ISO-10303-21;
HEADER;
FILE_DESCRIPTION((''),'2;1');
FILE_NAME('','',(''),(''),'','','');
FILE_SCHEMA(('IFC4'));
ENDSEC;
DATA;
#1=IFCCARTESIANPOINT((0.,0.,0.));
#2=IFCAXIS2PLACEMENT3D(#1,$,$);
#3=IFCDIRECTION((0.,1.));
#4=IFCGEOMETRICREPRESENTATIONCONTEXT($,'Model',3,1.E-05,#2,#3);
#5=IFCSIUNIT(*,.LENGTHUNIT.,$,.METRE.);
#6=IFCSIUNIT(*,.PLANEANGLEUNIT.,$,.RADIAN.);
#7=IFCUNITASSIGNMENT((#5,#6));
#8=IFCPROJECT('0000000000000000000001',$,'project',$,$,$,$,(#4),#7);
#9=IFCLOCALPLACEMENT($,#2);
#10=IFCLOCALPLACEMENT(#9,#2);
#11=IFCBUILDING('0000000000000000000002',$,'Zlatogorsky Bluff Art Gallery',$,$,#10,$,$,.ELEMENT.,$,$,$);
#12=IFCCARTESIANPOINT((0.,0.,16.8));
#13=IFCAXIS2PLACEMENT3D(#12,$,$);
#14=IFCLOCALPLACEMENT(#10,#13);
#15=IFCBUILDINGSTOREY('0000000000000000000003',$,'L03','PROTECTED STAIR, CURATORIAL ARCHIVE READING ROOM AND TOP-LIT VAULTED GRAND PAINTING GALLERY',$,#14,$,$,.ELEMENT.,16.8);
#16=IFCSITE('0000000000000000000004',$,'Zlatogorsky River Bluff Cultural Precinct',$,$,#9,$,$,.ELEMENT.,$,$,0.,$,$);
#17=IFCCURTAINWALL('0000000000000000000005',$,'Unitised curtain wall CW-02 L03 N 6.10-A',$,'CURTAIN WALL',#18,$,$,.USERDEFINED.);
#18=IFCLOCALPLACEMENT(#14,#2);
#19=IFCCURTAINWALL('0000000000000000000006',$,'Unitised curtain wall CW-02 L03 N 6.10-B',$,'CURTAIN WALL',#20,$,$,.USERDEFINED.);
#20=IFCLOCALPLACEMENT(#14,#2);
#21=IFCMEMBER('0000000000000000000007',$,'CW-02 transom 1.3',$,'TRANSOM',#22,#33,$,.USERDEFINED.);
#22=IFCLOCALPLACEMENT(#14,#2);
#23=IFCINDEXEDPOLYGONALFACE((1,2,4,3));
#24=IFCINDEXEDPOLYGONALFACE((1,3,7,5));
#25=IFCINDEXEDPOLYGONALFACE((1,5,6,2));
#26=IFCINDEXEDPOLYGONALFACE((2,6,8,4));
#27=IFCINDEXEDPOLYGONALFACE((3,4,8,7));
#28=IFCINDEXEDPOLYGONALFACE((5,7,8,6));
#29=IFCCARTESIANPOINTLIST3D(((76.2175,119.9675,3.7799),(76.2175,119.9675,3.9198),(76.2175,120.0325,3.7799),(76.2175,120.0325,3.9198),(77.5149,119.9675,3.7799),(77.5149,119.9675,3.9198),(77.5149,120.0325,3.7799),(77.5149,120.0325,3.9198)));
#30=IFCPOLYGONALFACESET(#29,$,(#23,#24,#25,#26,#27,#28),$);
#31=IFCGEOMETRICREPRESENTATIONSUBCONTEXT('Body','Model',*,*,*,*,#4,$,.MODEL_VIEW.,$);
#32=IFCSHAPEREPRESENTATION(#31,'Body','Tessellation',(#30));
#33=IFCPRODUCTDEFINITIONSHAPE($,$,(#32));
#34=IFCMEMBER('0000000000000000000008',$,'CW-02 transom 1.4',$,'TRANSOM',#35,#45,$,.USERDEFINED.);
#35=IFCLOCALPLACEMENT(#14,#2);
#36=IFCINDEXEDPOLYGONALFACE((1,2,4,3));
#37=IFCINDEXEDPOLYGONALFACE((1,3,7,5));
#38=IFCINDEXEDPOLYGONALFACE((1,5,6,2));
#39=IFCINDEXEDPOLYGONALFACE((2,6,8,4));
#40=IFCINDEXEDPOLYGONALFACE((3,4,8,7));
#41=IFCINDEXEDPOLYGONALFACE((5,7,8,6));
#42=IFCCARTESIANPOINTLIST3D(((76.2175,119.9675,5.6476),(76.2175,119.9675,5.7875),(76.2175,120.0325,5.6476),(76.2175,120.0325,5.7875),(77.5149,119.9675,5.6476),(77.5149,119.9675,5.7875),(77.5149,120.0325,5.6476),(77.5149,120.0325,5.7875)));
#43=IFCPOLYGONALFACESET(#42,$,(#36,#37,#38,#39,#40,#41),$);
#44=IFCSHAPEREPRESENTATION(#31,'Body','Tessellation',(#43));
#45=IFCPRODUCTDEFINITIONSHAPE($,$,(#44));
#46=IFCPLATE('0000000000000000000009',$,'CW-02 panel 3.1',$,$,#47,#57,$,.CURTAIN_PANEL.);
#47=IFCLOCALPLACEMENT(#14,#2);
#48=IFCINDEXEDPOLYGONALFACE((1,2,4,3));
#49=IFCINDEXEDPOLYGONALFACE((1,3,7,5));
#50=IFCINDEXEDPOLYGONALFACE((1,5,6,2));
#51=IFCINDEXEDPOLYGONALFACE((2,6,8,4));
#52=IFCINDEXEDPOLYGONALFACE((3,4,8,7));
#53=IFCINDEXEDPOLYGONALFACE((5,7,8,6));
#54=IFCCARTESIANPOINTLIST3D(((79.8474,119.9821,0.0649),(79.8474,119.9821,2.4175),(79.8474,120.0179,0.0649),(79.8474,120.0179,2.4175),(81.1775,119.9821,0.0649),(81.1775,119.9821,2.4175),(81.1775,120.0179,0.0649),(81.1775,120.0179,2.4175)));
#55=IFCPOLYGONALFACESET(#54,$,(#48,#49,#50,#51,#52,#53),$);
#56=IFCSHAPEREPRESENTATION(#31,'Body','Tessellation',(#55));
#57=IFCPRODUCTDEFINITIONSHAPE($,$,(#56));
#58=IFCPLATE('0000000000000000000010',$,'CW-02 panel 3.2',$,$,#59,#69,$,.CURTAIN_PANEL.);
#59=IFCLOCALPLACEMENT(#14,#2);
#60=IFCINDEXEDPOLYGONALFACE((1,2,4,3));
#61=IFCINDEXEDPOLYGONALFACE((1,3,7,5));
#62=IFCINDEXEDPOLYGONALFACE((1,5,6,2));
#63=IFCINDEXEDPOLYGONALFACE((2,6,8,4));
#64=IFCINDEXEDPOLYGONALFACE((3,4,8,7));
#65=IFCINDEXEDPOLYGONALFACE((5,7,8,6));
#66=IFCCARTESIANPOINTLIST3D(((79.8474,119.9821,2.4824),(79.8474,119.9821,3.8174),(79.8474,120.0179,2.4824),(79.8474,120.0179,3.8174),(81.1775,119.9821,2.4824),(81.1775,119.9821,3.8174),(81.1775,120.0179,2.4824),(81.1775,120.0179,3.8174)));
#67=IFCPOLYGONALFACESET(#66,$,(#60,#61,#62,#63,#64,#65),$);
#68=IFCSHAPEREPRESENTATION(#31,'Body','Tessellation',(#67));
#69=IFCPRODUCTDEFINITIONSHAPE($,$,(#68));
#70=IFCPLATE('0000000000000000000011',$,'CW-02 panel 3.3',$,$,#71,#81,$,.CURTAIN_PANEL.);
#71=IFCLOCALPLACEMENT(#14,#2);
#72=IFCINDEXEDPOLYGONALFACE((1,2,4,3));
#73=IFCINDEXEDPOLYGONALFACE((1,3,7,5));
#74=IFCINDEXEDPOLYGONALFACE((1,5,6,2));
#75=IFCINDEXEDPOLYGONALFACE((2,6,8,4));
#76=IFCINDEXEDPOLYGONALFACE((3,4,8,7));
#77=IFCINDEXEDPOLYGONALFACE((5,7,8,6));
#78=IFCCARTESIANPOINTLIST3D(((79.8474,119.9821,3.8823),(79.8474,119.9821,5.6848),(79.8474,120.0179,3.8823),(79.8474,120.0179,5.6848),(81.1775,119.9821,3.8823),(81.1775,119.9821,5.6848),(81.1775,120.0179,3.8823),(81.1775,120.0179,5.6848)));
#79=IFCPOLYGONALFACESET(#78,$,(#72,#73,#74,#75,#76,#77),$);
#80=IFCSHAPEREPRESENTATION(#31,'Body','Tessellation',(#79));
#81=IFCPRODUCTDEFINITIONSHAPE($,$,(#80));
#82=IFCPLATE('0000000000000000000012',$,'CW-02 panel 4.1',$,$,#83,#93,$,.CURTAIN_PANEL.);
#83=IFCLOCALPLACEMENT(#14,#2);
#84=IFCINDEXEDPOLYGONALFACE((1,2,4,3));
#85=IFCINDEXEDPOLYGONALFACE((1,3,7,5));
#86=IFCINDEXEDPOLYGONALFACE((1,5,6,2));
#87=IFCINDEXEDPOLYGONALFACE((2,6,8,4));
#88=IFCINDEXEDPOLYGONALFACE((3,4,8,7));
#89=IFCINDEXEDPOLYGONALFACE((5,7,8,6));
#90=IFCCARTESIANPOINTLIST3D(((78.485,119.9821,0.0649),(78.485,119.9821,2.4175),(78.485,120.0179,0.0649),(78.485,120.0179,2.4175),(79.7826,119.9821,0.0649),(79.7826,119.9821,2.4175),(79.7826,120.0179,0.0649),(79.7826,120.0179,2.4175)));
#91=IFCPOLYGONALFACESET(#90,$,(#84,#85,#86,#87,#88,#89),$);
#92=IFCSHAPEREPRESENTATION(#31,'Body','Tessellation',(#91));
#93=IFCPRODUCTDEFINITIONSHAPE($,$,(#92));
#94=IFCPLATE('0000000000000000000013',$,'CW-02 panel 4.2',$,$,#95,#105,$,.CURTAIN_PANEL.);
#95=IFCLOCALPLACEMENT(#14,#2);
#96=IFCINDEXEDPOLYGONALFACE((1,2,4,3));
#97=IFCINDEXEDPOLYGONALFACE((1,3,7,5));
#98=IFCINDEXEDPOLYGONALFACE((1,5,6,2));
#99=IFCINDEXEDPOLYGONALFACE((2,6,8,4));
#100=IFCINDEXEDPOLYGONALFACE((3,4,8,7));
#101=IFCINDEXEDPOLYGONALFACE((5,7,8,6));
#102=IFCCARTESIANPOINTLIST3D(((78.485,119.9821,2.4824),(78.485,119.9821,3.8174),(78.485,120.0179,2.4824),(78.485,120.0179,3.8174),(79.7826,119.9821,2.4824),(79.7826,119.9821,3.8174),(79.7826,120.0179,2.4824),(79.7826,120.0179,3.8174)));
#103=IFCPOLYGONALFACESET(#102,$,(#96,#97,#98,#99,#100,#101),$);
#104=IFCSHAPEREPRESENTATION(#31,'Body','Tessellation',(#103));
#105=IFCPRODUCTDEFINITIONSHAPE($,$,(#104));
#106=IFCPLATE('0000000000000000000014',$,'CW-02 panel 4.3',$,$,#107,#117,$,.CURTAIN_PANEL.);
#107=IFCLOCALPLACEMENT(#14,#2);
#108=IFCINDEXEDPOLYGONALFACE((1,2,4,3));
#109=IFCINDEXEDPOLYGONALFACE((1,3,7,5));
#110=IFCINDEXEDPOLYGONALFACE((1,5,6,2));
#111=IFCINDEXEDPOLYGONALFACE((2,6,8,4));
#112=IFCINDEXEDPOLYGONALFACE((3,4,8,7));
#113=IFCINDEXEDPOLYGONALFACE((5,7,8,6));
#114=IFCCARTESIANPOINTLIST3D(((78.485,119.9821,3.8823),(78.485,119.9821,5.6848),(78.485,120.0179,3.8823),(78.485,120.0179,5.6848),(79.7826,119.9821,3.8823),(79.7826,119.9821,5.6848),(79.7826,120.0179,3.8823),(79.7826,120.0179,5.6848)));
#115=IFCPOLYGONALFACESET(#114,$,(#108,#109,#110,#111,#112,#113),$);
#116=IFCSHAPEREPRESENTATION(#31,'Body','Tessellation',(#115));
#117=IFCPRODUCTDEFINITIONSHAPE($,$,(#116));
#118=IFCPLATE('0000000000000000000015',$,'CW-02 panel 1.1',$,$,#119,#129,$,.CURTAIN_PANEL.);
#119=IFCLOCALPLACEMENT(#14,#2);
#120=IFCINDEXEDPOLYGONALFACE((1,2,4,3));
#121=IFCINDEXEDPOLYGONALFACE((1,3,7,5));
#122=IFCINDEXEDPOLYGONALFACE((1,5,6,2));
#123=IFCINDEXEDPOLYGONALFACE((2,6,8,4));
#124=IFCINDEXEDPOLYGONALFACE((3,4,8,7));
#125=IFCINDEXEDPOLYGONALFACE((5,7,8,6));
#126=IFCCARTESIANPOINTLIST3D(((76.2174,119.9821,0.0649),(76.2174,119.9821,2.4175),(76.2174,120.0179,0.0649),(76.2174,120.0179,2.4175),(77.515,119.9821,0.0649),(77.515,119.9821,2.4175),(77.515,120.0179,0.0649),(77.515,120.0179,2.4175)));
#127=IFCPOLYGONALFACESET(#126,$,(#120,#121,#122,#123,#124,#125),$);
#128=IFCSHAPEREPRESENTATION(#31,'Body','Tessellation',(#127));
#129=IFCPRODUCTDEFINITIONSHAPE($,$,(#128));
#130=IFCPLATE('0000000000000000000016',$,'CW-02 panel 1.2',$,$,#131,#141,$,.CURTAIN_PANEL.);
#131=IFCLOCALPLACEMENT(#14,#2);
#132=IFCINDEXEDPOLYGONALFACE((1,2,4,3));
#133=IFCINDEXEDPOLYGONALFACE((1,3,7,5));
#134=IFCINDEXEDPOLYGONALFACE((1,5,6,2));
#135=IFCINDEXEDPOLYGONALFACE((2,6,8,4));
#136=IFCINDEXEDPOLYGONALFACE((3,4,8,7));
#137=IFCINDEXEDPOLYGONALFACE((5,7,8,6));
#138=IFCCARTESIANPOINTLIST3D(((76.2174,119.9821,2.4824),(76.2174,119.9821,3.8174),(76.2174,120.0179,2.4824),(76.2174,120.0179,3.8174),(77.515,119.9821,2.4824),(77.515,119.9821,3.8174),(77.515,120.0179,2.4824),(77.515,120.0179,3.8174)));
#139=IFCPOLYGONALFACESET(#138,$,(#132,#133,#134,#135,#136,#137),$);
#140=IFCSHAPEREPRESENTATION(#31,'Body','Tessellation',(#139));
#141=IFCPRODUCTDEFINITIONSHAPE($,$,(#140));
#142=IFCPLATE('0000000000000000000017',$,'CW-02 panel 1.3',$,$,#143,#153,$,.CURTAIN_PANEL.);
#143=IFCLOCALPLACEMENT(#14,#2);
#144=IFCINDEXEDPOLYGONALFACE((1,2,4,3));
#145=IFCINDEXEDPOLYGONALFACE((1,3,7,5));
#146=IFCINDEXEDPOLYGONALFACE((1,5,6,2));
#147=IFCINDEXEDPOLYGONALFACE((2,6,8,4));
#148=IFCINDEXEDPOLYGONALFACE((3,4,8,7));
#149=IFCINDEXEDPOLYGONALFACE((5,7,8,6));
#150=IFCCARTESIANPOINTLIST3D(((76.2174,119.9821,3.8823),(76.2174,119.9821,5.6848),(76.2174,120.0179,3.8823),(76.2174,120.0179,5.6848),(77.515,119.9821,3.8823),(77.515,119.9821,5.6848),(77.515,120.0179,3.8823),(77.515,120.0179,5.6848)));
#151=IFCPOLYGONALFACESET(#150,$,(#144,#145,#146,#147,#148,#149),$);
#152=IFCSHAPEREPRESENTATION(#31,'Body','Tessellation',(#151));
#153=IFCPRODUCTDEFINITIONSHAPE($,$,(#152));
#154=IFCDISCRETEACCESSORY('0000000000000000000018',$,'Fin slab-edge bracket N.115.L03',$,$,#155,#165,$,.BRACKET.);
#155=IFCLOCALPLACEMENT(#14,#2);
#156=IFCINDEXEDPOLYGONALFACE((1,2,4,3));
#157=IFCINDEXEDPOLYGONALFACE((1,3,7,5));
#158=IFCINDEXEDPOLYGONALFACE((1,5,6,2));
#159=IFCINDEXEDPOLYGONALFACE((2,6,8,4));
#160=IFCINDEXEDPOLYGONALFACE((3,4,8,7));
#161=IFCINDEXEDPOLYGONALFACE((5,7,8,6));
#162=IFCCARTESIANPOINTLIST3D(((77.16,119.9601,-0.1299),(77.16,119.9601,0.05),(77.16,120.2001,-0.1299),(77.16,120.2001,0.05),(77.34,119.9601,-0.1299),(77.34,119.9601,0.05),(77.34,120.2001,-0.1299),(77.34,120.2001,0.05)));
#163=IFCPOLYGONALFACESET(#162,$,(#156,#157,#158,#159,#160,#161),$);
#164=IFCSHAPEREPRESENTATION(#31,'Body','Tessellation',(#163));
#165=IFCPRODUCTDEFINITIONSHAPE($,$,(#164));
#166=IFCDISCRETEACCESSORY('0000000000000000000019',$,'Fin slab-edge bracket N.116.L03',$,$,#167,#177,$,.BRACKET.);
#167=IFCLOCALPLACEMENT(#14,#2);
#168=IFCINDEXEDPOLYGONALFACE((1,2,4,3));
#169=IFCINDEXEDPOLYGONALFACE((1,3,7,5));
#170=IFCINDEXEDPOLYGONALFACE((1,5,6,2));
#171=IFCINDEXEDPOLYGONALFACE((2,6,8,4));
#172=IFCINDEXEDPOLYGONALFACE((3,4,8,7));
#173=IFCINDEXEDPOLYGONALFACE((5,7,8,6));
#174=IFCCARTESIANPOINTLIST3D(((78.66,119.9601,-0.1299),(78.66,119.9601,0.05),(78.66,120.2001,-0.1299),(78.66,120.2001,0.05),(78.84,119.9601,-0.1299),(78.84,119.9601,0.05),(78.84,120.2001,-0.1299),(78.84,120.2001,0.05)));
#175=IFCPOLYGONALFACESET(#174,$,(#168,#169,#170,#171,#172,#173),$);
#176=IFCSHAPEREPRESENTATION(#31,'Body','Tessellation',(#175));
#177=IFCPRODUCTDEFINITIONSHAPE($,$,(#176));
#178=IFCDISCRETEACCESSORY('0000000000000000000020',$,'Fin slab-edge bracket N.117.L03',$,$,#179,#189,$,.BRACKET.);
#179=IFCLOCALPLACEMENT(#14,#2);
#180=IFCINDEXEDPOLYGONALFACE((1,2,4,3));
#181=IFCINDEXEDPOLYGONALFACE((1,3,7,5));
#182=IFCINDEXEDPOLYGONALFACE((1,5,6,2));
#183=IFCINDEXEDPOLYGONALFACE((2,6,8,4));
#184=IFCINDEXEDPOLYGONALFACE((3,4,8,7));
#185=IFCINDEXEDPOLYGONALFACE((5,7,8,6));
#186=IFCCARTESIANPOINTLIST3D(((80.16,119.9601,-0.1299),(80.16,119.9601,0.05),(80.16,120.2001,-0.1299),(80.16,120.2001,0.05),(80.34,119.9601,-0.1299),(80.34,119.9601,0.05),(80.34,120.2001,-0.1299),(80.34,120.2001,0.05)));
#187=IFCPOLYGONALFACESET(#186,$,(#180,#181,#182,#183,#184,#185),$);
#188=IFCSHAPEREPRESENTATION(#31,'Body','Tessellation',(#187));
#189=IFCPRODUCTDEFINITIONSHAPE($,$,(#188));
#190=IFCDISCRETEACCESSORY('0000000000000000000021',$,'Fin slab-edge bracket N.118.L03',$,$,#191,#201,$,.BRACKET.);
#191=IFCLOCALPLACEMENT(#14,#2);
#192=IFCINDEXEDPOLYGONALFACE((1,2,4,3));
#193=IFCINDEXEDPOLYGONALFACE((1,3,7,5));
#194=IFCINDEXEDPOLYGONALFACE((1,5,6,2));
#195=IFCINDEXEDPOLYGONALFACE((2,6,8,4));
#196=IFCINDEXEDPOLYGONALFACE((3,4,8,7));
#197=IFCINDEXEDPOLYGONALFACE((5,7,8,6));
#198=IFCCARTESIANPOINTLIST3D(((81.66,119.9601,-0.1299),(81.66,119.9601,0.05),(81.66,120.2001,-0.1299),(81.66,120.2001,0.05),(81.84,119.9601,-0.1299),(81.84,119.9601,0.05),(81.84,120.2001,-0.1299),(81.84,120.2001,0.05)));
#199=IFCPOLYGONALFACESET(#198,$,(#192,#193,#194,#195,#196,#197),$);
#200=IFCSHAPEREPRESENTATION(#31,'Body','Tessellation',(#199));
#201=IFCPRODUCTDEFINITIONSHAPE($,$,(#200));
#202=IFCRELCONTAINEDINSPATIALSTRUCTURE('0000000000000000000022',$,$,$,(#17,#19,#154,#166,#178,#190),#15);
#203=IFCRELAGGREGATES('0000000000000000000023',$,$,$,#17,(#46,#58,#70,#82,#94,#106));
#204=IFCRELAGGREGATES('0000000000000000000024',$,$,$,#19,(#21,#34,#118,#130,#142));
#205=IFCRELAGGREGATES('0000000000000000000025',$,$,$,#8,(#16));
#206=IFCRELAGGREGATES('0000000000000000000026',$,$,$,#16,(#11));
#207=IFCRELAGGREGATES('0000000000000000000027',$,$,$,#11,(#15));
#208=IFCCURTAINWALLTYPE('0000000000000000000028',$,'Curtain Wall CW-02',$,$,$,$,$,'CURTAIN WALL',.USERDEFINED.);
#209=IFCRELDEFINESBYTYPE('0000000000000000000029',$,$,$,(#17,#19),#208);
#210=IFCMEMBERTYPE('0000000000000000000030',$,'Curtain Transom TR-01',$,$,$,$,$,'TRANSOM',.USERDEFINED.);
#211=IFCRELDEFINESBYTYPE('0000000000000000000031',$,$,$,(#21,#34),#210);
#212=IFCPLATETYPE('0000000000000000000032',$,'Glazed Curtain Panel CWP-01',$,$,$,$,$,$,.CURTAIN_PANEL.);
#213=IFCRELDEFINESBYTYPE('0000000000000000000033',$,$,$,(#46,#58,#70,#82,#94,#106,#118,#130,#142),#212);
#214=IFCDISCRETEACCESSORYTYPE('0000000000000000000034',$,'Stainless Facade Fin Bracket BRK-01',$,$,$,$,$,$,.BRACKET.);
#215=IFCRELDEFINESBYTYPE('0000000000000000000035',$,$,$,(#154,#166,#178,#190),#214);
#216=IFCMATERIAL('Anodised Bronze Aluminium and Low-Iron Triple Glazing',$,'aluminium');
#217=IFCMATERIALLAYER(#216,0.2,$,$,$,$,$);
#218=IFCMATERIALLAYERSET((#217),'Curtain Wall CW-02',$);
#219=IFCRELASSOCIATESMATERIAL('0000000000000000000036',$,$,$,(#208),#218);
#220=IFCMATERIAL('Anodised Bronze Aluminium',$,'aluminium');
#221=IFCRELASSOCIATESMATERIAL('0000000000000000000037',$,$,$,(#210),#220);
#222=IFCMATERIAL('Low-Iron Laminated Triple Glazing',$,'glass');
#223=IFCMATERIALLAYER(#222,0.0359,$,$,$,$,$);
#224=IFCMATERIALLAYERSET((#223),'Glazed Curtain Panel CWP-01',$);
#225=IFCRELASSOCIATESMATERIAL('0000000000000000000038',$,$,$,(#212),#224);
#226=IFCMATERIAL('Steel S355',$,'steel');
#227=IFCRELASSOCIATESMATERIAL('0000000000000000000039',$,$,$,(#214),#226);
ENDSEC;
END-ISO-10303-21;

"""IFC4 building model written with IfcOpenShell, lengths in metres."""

from ifc_helpers import new_model, si_unit, direction, frame, origin, origin_2d, place, context, subcontext, project, spatial, rectangle, extrude, material, layer, layer_set, material_profile, profile_set, type_object, element, aggregate, save


model = new_model("IFC4")

# Units and contexts
model_context = context("Model", 3, precision=1e-05, world=origin(), true_north=direction((0.0, 1.0)))
body_context = subcontext(model_context, "Body", "Model", "MODEL_VIEW")
ifc_project = project(units=[si_unit("LENGTHUNIT", "METRE"), si_unit("PLANEANGLEUNIT", "RADIAN")], contexts=[model_context])

# Site, building, storey
site_placement = place(None, origin())
site = spatial("IfcSite", under=ifc_project, at=site_placement, Name="Zlatogorsky River Bluff Cultural Precinct", CompositionType="ELEMENT", RefElevation=0.0)
building_placement = place(site_placement, origin())
building = spatial("IfcBuilding", under=site, at=building_placement, Name="Zlatogorsky Bluff Art Gallery", CompositionType="ELEMENT")
storey_placement = place(building_placement, frame((0.0, 0.0, 16.8)))
storey = spatial("IfcBuildingStorey", under=building, at=storey_placement, Name="L03", Description="PROTECTED STAIR, CURATORIAL ARCHIVE READING ROOM AND TOP-LIT VAULTED GRAND PAINTING GALLERY", CompositionType="ELEMENT", Elevation=16.8)

# Curtain walls
ifc_material_1 = material(Name="Anodised Bronze Aluminium and Low-Iron Triple Glazing", Category="aluminium")
ifc_layer_1 = layer(ifc_material_1, 0.2)
ifc_layer_set_1 = layer_set([ifc_layer_1], Name="Curtain Wall CW-02")
curtain_wall_type = type_object("IfcCurtainWallType", Name="Curtain Wall CW-02", ElementType="CURTAIN WALL", PredefinedType="USERDEFINED", material=ifc_layer_set_1)
curtain_wall_1_placement = place(storey_placement, origin())
curtain_wall_1 = element("IfcCurtainWall", 1, at=curtain_wall_1_placement, inside=storey, type_object=curtain_wall_type, Name="Unitised curtain wall CW-02 L03 N 6.10-A", ObjectType="CURTAIN WALL", PredefinedType="USERDEFINED")
ifc_material_2 = material(Name="Anodised Bronze Aluminium", Category="aluminium")
curtain_wall_2_placement = place(storey_placement, origin())
curtain_wall_2 = element("IfcCurtainWall", 2, at=curtain_wall_2_placement, inside=storey, type_object=curtain_wall_type, Name="Unitised curtain wall CW-02 L03 N 6.10-B", ObjectType="CURTAIN WALL", PredefinedType="USERDEFINED")

# Members
ifc_material_profile_1 = material_profile(ifc_material_2, rectangle(XDim=0.0649, YDim=0.1399, at=origin_2d()), Name="ALU TRANSOM 65x140")
ifc_profile_set_1 = profile_set([ifc_material_profile_1], Name="Anodised Bronze Aluminium")
member_type_1 = type_object("IfcMemberType", Name="Curtain Transom TR-01", ElementType="TRANSOM", PredefinedType="USERDEFINED", material=ifc_profile_set_1)
member_1_placement = place(storey_placement, frame((77.5149, 120.0, 3.8499), z_axis=(-1.0, 0.0, 0.0), x_axis=(0.0, -1.0, 0.0)))
member_1 = element("IfcMember", 3, at=member_1_placement, type_object=member_type_1, Name="CW-02 transom 1.3", ObjectType="TRANSOM", PredefinedType="USERDEFINED", context=body_context, shape_type="SweptSolid", body=[
    extrude(rectangle(XDim=0.0649, YDim=0.1399, at=origin_2d()), origin(), (0.0, 0.0, 1.0), 1.2974),
])
member_2_placement = place(storey_placement, frame((77.5149, 120.0, 5.7175), z_axis=(-1.0, 0.0, 0.0), x_axis=(0.0, -1.0, 0.0)))
member_2 = element("IfcMember", 4, at=member_2_placement, type_object=member_type_1, Name="CW-02 transom 1.4", ObjectType="TRANSOM", PredefinedType="USERDEFINED", context=body_context, shape_type="SweptSolid", body=[
    extrude(rectangle(XDim=0.0649, YDim=0.1399, at=origin_2d()), origin(), (0.0, 0.0, 1.0), 1.2974),
])

# Plates
ifc_material_3 = material(Name="Low-Iron Laminated Triple Glazing", Category="glass")
ifc_layer_2 = layer(ifc_material_3, 0.0359)
ifc_layer_set_2 = layer_set([ifc_layer_2], Name="Glazed Curtain Panel CWP-01")
plate_type = type_object("IfcPlateType", Name="Glazed Curtain Panel CWP-01", PredefinedType="CURTAIN_PANEL", material=ifc_layer_set_2)
plate_1_placement = place(storey_placement, frame((80.5125, 120.0, 0.0649), z_axis=(0.0, 0.0, 1.0), x_axis=(-1.0, 0.0, 0.0)))
plate_1 = element("IfcPlate", 5, at=plate_1_placement, type_object=plate_type, Name="CW-02 panel 3.1", PredefinedType="CURTAIN_PANEL", context=body_context, shape_type="SweptSolid", body=[
    extrude(rectangle(XDim=1.3301, YDim=0.0359, at=origin_2d()), origin(), (0.0, 0.0, 1.0), 2.3525),
])
plate_2_placement = place(storey_placement, frame((80.5125, 120.0, 2.4824), z_axis=(0.0, 0.0, 1.0), x_axis=(-1.0, 0.0, 0.0)))
plate_2 = element("IfcPlate", 6, at=plate_2_placement, type_object=plate_type, Name="CW-02 panel 3.2", PredefinedType="CURTAIN_PANEL", context=body_context, shape_type="SweptSolid", body=[
    extrude(rectangle(XDim=1.3301, YDim=0.0359, at=origin_2d()), origin(), (0.0, 0.0, 1.0), 1.335),
])
plate_3_placement = place(storey_placement, frame((80.5125, 120.0, 3.8823), z_axis=(0.0, 0.0, 1.0), x_axis=(-1.0, 0.0, 0.0)))
plate_3 = element("IfcPlate", 7, at=plate_3_placement, type_object=plate_type, Name="CW-02 panel 3.3", PredefinedType="CURTAIN_PANEL", context=body_context, shape_type="SweptSolid", body=[
    extrude(rectangle(XDim=1.3301, YDim=0.0359, at=origin_2d()), origin(), (0.0, 0.0, 1.0), 1.8025),
])
plate_4_placement = place(storey_placement, frame((79.1338, 120.0, 0.0649), z_axis=(0.0, 0.0, 1.0), x_axis=(-1.0, 0.0, 0.0)))
plate_4 = element("IfcPlate", 8, at=plate_4_placement, type_object=plate_type, Name="CW-02 panel 4.1", PredefinedType="CURTAIN_PANEL", context=body_context, shape_type="SweptSolid", body=[
    extrude(rectangle(XDim=1.2976, YDim=0.0359, at=origin_2d()), origin(), (0.0, 0.0, 1.0), 2.3525),
])
plate_5_placement = place(storey_placement, frame((79.1338, 120.0, 2.4824), z_axis=(0.0, 0.0, 1.0), x_axis=(-1.0, 0.0, 0.0)))
plate_5 = element("IfcPlate", 9, at=plate_5_placement, type_object=plate_type, Name="CW-02 panel 4.2", PredefinedType="CURTAIN_PANEL", context=body_context, shape_type="SweptSolid", body=[
    extrude(rectangle(XDim=1.2976, YDim=0.0359, at=origin_2d()), origin(), (0.0, 0.0, 1.0), 1.335),
])
plate_6_placement = place(storey_placement, frame((79.1338, 120.0, 3.8823), z_axis=(0.0, 0.0, 1.0), x_axis=(-1.0, 0.0, 0.0)))
plate_6 = element("IfcPlate", 10, at=plate_6_placement, type_object=plate_type, Name="CW-02 panel 4.3", PredefinedType="CURTAIN_PANEL", context=body_context, shape_type="SweptSolid", body=[
    extrude(rectangle(XDim=1.2976, YDim=0.0359, at=origin_2d()), origin(), (0.0, 0.0, 1.0), 1.8025),
])
aggregate(curtain_wall_1, [plate_1, plate_2, plate_3, plate_4, plate_5, plate_6])
plate_7_placement = place(storey_placement, frame((76.8662, 120.0, 0.0649), z_axis=(0.0, 0.0, 1.0), x_axis=(-1.0, 0.0, 0.0)))
plate_7 = element("IfcPlate", 11, at=plate_7_placement, type_object=plate_type, Name="CW-02 panel 1.1", PredefinedType="CURTAIN_PANEL", context=body_context, shape_type="SweptSolid", body=[
    extrude(rectangle(XDim=1.2976, YDim=0.0359, at=origin_2d()), origin(), (0.0, 0.0, 1.0), 2.3525),
])
plate_8_placement = place(storey_placement, frame((76.8662, 120.0, 2.4824), z_axis=(0.0, 0.0, 1.0), x_axis=(-1.0, 0.0, 0.0)))
plate_8 = element("IfcPlate", 12, at=plate_8_placement, type_object=plate_type, Name="CW-02 panel 1.2", PredefinedType="CURTAIN_PANEL", context=body_context, shape_type="SweptSolid", body=[
    extrude(rectangle(XDim=1.2976, YDim=0.0359, at=origin_2d()), origin(), (0.0, 0.0, 1.0), 1.335),
])
plate_9_placement = place(storey_placement, frame((76.8662, 120.0, 3.8823), z_axis=(0.0, 0.0, 1.0), x_axis=(-1.0, 0.0, 0.0)))
plate_9 = element("IfcPlate", 13, at=plate_9_placement, type_object=plate_type, Name="CW-02 panel 1.3", PredefinedType="CURTAIN_PANEL", context=body_context, shape_type="SweptSolid", body=[
    extrude(rectangle(XDim=1.2976, YDim=0.0359, at=origin_2d()), origin(), (0.0, 0.0, 1.0), 1.8025),
])
aggregate(curtain_wall_2, [member_1, member_2, plate_7, plate_8, plate_9])

# Discrete accessories
ifc_material_4 = material(Name="Steel S355", Category="steel")
discrete_accessory_type = type_object("IfcDiscreteAccessoryType", Name="Stainless Facade Fin Bracket BRK-01", PredefinedType="BRACKET", material=ifc_material_4)
for number, where, z_axis, x_axis, name in (
    (14, (77.25, 120.0801, -0.1299), (0.0, 0.0, 1.0), (1.0, 0.0, 0.0), "Fin slab-edge bracket N.115.L03"),
    (15, (78.75, 120.0801, -0.1299), (0.0, 0.0, 1.0), (1.0, 0.0, 0.0), "Fin slab-edge bracket N.116.L03"),
    (16, (80.25, 120.0801, -0.1299), (0.0, 0.0, 1.0), (1.0, 0.0, 0.0), "Fin slab-edge bracket N.117.L03"),
    (17, (81.75, 120.0801, -0.1299), (0.0, 0.0, 1.0), (1.0, 0.0, 0.0), "Fin slab-edge bracket N.118.L03"),
):
    element("IfcDiscreteAccessory", number, at=place(storey_placement, frame(where, z_axis=z_axis, x_axis=x_axis)), inside=storey, type_object=discrete_accessory_type, Name=name, PredefinedType="BRACKET", context=body_context, shape_type="SweptSolid", body=[
        extrude(rectangle(XDim=0.1799, YDim=0.24, at=origin_2d()), origin(), (0.0, 0.0, 1.0), 0.1799),
    ])

save(model, "model.ifc")
